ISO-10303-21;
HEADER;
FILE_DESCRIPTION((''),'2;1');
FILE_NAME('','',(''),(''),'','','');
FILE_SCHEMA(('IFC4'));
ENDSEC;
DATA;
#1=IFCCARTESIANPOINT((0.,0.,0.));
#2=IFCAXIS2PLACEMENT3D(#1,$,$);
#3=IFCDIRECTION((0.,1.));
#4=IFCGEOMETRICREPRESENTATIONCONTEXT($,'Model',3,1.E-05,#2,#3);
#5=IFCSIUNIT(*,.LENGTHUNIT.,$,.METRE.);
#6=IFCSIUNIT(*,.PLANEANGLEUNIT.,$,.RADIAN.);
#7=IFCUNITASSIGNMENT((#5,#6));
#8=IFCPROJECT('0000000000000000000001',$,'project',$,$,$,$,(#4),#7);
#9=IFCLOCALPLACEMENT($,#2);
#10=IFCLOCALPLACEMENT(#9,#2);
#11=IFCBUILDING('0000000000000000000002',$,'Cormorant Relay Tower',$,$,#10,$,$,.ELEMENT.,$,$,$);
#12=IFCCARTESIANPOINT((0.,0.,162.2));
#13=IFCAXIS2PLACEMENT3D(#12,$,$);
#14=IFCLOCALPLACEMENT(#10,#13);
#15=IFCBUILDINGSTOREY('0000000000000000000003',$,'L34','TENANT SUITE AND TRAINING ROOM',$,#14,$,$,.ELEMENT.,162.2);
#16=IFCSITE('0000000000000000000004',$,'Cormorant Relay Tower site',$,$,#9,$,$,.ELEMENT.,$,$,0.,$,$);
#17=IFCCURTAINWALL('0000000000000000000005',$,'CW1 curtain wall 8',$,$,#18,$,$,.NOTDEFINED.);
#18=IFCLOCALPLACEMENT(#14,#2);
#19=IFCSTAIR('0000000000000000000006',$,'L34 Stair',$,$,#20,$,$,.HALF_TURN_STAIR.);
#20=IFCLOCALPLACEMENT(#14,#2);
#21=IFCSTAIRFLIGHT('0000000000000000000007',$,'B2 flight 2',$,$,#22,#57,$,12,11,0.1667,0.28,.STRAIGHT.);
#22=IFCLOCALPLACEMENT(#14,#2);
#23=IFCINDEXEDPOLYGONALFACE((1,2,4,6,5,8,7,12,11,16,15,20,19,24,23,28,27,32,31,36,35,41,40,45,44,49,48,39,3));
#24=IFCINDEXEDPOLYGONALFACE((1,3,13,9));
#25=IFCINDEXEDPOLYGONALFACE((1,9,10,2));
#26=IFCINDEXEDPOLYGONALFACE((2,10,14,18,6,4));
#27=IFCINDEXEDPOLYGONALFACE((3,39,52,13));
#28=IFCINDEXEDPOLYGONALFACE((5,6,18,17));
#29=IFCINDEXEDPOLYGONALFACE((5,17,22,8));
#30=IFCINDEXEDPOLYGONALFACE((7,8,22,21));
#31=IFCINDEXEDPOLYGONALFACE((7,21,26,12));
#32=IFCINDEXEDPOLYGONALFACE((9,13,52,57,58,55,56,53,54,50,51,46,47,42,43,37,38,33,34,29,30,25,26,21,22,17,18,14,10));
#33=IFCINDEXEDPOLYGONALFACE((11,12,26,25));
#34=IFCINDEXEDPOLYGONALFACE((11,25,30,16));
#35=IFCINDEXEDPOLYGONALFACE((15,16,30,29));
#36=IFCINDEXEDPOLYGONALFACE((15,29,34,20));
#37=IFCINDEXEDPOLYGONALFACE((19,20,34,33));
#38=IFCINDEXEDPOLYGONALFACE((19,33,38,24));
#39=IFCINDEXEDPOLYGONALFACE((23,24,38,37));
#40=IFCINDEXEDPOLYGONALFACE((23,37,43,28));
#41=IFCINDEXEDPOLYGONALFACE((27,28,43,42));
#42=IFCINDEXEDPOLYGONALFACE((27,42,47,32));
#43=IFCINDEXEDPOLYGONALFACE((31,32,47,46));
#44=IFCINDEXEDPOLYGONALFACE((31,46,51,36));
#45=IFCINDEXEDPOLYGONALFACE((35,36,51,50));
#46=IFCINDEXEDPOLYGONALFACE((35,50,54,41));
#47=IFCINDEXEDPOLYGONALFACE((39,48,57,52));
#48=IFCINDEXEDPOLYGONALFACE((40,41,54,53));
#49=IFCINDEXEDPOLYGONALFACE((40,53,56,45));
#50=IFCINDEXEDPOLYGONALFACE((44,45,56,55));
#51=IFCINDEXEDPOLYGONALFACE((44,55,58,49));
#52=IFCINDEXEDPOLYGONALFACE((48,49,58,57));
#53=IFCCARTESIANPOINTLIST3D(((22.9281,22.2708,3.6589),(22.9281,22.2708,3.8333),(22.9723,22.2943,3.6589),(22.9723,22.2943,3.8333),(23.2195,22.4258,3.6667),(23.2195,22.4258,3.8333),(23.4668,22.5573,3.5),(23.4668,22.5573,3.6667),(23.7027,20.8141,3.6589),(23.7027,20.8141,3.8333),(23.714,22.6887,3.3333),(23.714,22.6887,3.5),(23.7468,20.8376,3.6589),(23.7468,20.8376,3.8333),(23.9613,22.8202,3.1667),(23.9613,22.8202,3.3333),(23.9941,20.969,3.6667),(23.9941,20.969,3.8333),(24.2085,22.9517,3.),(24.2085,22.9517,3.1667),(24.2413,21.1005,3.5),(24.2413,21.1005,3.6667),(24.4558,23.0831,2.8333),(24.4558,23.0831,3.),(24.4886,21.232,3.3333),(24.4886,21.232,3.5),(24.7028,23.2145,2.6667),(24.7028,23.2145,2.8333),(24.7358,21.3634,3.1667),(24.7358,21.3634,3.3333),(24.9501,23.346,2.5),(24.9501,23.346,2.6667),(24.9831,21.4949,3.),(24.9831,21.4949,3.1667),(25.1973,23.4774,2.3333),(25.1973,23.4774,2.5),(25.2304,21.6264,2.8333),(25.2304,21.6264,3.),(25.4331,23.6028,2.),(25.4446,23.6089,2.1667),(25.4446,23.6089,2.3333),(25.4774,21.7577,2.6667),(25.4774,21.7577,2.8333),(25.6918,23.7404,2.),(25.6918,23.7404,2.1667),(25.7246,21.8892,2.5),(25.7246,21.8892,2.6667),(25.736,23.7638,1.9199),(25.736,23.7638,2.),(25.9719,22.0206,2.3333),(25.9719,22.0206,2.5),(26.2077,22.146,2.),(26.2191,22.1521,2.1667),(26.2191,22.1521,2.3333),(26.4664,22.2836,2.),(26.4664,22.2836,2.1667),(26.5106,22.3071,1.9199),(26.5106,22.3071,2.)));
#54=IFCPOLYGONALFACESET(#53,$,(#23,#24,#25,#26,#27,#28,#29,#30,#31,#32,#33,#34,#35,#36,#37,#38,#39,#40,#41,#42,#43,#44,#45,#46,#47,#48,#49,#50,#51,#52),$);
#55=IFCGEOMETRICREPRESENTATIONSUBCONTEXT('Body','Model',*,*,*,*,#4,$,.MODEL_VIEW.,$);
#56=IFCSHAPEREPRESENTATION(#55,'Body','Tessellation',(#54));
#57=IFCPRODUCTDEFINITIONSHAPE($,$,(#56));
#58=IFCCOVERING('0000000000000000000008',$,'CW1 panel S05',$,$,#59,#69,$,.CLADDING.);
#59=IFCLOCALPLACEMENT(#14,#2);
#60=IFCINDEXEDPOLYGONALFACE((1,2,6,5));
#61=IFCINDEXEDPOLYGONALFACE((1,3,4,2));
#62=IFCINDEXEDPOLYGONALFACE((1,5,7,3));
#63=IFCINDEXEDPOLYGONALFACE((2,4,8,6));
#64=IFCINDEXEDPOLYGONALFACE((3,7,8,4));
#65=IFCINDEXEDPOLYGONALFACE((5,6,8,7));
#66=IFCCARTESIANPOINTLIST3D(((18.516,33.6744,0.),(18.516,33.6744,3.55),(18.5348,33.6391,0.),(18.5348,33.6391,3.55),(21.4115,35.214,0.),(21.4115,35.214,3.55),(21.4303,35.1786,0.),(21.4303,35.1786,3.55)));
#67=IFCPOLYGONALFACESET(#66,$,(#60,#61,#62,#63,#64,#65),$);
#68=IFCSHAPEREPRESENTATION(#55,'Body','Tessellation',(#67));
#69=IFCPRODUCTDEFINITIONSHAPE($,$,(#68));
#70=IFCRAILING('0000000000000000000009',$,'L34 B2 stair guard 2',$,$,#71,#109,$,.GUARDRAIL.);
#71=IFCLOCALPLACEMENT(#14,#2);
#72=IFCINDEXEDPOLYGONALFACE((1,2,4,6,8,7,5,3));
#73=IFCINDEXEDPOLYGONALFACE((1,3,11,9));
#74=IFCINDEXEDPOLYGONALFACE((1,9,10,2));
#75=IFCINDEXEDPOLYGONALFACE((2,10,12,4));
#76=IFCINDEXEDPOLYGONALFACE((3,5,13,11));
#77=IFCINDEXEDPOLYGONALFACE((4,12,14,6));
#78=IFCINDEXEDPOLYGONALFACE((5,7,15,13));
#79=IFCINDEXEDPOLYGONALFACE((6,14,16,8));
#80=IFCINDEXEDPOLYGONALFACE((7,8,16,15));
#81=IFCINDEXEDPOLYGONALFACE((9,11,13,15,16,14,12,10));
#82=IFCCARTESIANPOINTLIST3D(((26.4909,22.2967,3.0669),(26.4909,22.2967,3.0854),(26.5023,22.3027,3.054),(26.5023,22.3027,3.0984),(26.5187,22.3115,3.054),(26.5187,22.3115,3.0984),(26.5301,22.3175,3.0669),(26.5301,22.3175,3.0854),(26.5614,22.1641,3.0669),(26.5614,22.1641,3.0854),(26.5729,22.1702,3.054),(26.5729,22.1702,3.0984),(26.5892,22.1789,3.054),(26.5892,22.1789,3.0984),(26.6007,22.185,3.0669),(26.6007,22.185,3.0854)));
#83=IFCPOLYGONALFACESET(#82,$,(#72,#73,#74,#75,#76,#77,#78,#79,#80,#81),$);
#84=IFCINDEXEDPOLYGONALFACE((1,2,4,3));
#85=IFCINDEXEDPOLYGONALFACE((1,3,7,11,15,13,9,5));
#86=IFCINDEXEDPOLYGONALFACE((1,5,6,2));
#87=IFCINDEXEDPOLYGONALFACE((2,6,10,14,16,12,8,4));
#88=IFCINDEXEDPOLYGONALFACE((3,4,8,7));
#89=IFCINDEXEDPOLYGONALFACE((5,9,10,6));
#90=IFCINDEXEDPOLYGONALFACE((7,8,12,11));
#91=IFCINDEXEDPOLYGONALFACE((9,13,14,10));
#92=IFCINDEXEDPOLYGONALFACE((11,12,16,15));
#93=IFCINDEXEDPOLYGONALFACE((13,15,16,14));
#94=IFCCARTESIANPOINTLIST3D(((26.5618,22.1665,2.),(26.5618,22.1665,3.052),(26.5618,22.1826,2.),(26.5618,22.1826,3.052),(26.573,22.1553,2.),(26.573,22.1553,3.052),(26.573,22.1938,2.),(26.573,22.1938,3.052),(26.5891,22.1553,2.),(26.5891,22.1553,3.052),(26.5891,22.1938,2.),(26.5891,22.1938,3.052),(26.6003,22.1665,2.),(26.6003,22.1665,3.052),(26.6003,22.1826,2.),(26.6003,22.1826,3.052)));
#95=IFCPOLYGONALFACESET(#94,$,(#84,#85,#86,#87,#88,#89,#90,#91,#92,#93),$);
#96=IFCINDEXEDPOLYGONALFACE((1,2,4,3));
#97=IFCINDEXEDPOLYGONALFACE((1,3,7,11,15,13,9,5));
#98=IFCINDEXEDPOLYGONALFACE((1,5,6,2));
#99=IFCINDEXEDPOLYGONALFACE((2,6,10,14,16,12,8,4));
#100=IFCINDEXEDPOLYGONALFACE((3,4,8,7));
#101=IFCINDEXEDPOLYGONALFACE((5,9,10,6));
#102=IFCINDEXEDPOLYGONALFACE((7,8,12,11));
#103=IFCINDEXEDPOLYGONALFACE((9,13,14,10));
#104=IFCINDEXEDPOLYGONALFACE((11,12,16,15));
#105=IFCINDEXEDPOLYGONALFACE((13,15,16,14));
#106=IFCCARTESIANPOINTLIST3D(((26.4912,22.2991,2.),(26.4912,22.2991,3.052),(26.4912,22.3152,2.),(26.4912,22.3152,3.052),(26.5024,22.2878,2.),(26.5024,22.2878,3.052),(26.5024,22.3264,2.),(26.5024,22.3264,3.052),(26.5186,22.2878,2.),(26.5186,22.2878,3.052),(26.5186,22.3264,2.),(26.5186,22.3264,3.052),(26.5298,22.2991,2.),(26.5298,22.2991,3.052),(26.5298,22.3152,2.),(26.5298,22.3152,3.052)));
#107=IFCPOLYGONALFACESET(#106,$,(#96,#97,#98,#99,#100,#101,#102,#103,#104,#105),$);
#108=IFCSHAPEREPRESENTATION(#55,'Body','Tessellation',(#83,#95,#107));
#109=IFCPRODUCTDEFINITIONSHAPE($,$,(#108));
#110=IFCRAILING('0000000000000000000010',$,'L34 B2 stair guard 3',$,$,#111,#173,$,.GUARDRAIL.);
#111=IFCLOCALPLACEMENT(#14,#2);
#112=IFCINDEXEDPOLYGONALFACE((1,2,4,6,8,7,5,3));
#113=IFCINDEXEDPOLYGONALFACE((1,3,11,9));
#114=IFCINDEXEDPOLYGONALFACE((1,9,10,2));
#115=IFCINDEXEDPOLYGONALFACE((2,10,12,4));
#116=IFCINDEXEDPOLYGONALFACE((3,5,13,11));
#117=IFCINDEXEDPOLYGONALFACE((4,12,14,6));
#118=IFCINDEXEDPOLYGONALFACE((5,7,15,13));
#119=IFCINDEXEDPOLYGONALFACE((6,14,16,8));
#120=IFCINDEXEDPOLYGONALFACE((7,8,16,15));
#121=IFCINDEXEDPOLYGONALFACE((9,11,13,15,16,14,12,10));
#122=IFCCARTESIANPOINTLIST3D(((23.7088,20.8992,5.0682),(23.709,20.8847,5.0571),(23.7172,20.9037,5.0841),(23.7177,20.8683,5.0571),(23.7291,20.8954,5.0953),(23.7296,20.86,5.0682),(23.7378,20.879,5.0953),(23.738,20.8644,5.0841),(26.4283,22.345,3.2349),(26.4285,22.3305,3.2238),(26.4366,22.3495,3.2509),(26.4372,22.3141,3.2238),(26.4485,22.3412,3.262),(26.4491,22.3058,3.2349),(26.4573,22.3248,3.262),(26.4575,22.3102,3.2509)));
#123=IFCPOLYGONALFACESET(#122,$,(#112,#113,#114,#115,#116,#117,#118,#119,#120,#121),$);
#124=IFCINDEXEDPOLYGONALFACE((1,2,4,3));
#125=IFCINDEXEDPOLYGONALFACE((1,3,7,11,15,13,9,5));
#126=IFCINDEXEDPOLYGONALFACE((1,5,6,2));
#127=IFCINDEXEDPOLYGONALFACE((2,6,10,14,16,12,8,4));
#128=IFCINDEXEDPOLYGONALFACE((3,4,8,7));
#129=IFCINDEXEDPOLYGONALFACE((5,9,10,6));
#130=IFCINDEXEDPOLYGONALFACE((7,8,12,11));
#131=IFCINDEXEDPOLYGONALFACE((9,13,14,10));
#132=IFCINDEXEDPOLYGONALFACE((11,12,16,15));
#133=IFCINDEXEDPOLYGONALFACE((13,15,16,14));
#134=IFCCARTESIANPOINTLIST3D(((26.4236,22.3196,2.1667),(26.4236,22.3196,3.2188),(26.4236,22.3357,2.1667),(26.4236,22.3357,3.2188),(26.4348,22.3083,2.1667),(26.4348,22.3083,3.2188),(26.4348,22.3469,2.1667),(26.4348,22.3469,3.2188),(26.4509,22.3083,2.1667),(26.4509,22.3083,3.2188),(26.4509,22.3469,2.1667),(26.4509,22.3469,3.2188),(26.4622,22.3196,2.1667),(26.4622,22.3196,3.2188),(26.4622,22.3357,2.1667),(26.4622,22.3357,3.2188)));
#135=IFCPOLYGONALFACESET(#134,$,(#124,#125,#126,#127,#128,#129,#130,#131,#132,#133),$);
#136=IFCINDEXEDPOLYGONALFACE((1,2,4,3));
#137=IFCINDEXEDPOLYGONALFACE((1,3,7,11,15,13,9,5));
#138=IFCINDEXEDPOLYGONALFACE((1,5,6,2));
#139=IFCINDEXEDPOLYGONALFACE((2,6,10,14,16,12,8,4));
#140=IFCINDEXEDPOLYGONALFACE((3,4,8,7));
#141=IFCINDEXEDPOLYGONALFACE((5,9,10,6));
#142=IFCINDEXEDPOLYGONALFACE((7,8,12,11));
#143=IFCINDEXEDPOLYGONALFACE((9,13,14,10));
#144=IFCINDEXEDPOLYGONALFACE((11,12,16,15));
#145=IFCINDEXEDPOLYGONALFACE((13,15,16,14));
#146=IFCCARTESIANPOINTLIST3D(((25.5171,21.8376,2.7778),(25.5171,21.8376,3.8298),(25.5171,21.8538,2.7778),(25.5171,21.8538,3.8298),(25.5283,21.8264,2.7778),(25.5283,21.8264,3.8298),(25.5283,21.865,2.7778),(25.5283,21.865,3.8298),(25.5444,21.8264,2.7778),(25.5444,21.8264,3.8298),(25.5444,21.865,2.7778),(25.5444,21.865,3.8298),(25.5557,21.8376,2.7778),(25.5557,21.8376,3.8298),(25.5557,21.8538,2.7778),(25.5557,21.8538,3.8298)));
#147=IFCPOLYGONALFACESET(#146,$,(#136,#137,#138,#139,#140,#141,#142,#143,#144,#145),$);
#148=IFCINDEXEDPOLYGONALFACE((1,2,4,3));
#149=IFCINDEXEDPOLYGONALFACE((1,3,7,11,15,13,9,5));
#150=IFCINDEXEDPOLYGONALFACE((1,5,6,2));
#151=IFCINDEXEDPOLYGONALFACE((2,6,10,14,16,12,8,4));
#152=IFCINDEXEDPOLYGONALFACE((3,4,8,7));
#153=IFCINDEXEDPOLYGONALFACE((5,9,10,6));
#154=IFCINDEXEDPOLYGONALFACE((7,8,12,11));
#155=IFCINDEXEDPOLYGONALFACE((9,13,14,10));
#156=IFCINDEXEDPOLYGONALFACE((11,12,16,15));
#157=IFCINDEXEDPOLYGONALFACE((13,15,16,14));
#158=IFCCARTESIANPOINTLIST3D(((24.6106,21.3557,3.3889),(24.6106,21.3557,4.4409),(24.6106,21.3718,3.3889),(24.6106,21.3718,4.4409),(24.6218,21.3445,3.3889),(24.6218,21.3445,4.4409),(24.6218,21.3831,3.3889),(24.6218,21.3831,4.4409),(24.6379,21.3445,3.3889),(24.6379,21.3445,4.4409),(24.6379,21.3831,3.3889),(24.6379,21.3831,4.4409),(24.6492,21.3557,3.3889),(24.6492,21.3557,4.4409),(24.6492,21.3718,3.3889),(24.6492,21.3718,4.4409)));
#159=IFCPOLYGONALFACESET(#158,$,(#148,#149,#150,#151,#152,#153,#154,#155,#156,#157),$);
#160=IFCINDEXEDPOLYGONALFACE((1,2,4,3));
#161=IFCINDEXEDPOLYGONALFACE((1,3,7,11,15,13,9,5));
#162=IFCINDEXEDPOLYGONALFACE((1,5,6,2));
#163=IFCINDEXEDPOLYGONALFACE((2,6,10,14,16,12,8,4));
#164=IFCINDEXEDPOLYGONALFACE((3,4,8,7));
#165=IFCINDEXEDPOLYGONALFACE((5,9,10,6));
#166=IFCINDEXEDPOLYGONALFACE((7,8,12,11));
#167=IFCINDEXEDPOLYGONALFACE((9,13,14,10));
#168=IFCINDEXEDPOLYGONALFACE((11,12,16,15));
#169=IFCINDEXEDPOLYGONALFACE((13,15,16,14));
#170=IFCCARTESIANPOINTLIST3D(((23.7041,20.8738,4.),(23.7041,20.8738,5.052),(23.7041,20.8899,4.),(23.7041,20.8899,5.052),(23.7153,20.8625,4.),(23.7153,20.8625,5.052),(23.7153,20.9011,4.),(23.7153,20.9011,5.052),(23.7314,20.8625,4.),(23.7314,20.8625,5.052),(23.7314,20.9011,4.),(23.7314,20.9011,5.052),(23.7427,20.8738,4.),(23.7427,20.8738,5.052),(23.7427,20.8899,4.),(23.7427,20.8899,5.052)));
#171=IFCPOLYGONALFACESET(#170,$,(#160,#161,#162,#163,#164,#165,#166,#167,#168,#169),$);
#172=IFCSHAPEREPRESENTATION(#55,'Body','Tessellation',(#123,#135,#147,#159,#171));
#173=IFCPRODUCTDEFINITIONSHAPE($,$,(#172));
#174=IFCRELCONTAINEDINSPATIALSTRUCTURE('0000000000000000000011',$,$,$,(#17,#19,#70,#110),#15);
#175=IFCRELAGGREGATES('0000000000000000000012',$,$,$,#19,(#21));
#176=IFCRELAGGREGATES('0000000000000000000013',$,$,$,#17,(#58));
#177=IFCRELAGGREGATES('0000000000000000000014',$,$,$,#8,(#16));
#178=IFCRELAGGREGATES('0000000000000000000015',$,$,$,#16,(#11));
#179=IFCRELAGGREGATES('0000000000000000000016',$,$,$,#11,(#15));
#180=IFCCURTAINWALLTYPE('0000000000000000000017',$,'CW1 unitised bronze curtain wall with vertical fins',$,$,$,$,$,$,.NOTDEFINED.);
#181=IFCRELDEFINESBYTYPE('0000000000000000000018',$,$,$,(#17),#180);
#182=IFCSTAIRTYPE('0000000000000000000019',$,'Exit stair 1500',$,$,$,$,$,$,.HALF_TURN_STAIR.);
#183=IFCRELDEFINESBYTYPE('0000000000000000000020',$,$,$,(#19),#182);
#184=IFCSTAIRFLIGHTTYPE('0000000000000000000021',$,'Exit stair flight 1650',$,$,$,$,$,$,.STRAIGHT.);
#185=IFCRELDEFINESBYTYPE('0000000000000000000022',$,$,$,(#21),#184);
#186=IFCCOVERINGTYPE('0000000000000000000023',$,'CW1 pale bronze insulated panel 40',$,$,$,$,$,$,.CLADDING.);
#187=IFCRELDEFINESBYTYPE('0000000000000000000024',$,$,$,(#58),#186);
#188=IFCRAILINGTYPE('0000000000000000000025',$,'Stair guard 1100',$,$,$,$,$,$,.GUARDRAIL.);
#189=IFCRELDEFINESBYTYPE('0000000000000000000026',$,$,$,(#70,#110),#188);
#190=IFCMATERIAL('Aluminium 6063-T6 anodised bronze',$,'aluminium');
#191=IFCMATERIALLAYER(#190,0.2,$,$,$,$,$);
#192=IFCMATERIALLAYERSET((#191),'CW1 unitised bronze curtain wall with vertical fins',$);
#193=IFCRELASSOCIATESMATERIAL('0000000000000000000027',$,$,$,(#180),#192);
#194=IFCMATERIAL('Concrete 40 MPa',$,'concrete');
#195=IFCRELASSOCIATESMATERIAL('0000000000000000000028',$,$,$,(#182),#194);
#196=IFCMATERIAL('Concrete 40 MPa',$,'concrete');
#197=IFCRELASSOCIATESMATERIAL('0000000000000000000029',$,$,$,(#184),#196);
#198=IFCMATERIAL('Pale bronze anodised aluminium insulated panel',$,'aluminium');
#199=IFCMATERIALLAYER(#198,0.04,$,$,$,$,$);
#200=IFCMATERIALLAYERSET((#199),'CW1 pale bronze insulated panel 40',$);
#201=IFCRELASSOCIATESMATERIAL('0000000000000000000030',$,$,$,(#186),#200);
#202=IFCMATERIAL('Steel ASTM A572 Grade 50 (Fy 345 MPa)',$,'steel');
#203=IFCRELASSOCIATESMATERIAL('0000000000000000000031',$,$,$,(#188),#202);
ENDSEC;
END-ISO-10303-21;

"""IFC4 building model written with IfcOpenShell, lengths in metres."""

from ifc_helpers import new_model, si_unit, direction, frame, origin, origin_2d, place, context, subcontext, project, spatial, polyline, rectangle, outline, extrude, material, layer, layer_set, type_object, element, aggregate, save


model = new_model("IFC4")

# Units and contexts
model_context = context("Model", 3, precision=1e-05, world=origin(), true_north=direction((0.0, 1.0)))
body_context = subcontext(model_context, "Body", "Model", "MODEL_VIEW")
ifc_project = project(units=[si_unit("LENGTHUNIT", "METRE"), si_unit("PLANEANGLEUNIT", "RADIAN")], contexts=[model_context])

# Site, building, storey
site_placement = place(None, origin())
site = spatial("IfcSite", under=ifc_project, at=site_placement, Name="Cormorant Relay Tower site", CompositionType="ELEMENT", RefElevation=0.0)
building_placement = place(site_placement, origin())
building = spatial("IfcBuilding", under=site, at=building_placement, Name="Cormorant Relay Tower", CompositionType="ELEMENT")
storey_placement = place(building_placement, frame((0.0, 0.0, 162.2)))
storey = spatial("IfcBuildingStorey", under=building, at=storey_placement, Name="L34", Description="TENANT SUITE AND TRAINING ROOM", CompositionType="ELEMENT", Elevation=162.2)

# Curtain wall
ifc_material_1 = material(Name="Aluminium 6063-T6 anodised bronze", Category="aluminium")
ifc_layer_1 = layer(ifc_material_1, 0.2)
ifc_layer_set_1 = layer_set([ifc_layer_1], Name="CW1 unitised bronze curtain wall with vertical fins")
curtain_wall_type = type_object("IfcCurtainWallType", Name="CW1 unitised bronze curtain wall with vertical fins", PredefinedType="NOTDEFINED", material=ifc_layer_set_1)
curtain_wall_placement = place(storey_placement, origin())
curtain_wall = element("IfcCurtainWall", 1, at=curtain_wall_placement, inside=storey, type_object=curtain_wall_type, Name="CW1 curtain wall 8", PredefinedType="NOTDEFINED")

# Stair, stair flight
ifc_material_2 = material(Name="Concrete 40 MPa", Category="concrete")
stair_type = type_object("IfcStairType", Name="Exit stair 1500", PredefinedType="HALF_TURN_STAIR", material=ifc_material_2)
stair_placement = place(storey_placement, origin())
stair = element("IfcStair", 2, at=stair_placement, inside=storey, type_object=stair_type, Name="L34 Stair", PredefinedType="HALF_TURN_STAIR")
ifc_material_3 = material(Name="Concrete 40 MPa", Category="concrete")
stair_flight_type = type_object("IfcStairFlightType", Name="Exit stair flight 1650", PredefinedType="STRAIGHT", material=ifc_material_3)
stair_flight_placement = place(storey_placement, frame((26.0791, 23.012, 2.0), z_axis=(0.0, 0.0, 1.0), x_axis=(-0.882948, -0.469472, 0.0)))
stair_flight = element("IfcStairFlight", 3, at=stair_flight_placement, type_object=stair_flight_type, Name="B2 flight 2", NumberOfRisers=12, NumberOfTreads=11, PredefinedType="STRAIGHT", RiserHeight=0.1667, TreadLength=0.28, context=body_context, shape_type="SweptSolid", body=[
    extrude(outline(polyline([(-0.05, -0.0801), (-0.05, 0.0), (0.0, 0.0), (0.0, 0.1667), (0.28, 0.1667), (0.28, 0.3333), (0.5601, 0.3333), (0.5601, 0.5), (0.8401, 0.5), (0.8401, 0.6667), (1.1201, 0.6667), (1.1201, 0.8333), (1.3999, 0.8333), (1.3999, 1.0), (1.6799, 1.0), (1.6799, 1.1667), (1.96, 1.1667), (1.96, 1.3333), (2.24, 1.3333), (2.24, 1.5), (2.52, 1.5), (2.52, 1.6667), (2.8, 1.6667), (2.8, 1.8333), (3.0801, 1.8333), (3.1301, 1.8333), (3.1301, 1.6589), (3.0801, 1.6589), (0.293, 0.0), (-0.05, -0.0801)])), frame((0.0, 0.825, 0.0), z_axis=(0.0, -1.0, 0.0), x_axis=(1.0, 0.0, 0.0)), (0.0, 0.0, 1.0), 1.6499),
])
aggregate(stair, [stair_flight])

# Covering
ifc_material_4 = material(Name="Pale bronze anodised aluminium insulated panel", Category="aluminium")
ifc_layer_2 = layer(ifc_material_4, 0.04)
ifc_layer_set_2 = layer_set([ifc_layer_2], Name="CW1 pale bronze insulated panel 40")
covering_type = type_object("IfcCoveringType", Name="CW1 pale bronze insulated panel 40", PredefinedType="CLADDING", material=ifc_layer_set_2)
covering_placement = place(storey_placement, frame((19.9731, 34.4265, 0.0), z_axis=(0.0, 0.0, 1.0), x_axis=(-0.882948, -0.469472, 0.0)))
covering = element("IfcCovering", 4, at=covering_placement, type_object=covering_type, Name="CW1 panel S05", PredefinedType="CLADDING", context=body_context, shape_type="SweptSolid", body=[
    extrude(rectangle(XDim=3.2793, YDim=0.04, at=origin_2d()), origin(), (0.0, 0.0, 1.0), 3.55),
])
aggregate(curtain_wall, [covering])

# Railings
ifc_material_5 = material(Name="Steel ASTM A572 Grade 50 (Fy 345 MPa)", Category="steel")
railing_type_1 = type_object("IfcRailingType", Name="Stair guard 1100", PredefinedType="GUARDRAIL", material=ifc_material_5)
railing_1_placement = place(storey_placement, frame((26.5811, 22.1746, 2.0)))
element("IfcRailing", 5, at=railing_1_placement, inside=storey, type_object=railing_type_1, Name="L34 B2 stair guard 2", PredefinedType="GUARDRAIL", context=body_context, shape_type="SweptSolid", body=[
    extrude(outline(polyline([(0.0222, 0.0093), (0.0093, 0.0222), (-0.0093, 0.0222), (-0.0222, 0.0093), (-0.0222, -0.0093), (-0.0093, -0.0222), (0.0093, -0.0222), (0.0222, -0.0093), (0.0222, 0.0093)])), frame((0.0, 0.0, 1.0762), z_axis=(-0.469829, 0.882758, 0.0), x_axis=(-0.882758, -0.469829, 0.0)), (0.0, 0.0, 1.0), 0.1501),
    extrude(outline(polyline([(0.0193, 0.0081), (0.0081, 0.0193), (-0.0081, 0.0193), (-0.0193, 0.0081), (-0.0193, -0.0081), (-0.0081, -0.0193), (0.0081, -0.0193), (0.0193, -0.0081), (0.0193, 0.0081)])), origin(), (0.0, 0.0, 1.0), 1.052),
    extrude(outline(polyline([(0.0193, 0.0081), (0.0081, 0.0193), (-0.0081, 0.0193), (-0.0193, 0.0081), (-0.0193, -0.0081), (-0.0081, -0.0193), (0.0081, -0.0193), (0.0193, -0.0081), (0.0193, 0.0081)])), frame((-0.0706, 0.1326, 0.0)), (0.0, 0.0, 1.0), 1.052),
])
railing_2_placement = place(storey_placement, frame((26.4429, 22.3276, 2.1667)))
element("IfcRailing", 6, at=railing_2_placement, inside=storey, type_object=railing_type_1, Name="L34 B2 stair guard 3", PredefinedType="GUARDRAIL", context=body_context, shape_type="SweptSolid", body=[
    extrude(outline(polyline([(0.0222, 0.0093), (0.0093, 0.0222), (-0.0093, 0.0222), (-0.0222, 0.0093), (-0.0222, -0.0093), (-0.0093, -0.0222), (0.0093, -0.0222), (0.0222, -0.0093), (0.0222, 0.0093)])), frame((0.0, 0.0, 1.0762), z_axis=(-0.758735, -0.403378, 0.511477), x_axis=(0.469428, -0.882971, 0.0)), (0.0, 0.0, 1.0), 3.5842),
    extrude(outline(polyline([(0.0193, 0.0081), (0.0081, 0.0193), (-0.0081, 0.0193), (-0.0193, 0.0081), (-0.0193, -0.0081), (-0.0081, -0.0193), (0.0081, -0.0193), (0.0193, -0.0081), (0.0193, 0.0081)])), origin(), (0.0, 0.0, 1.0), 1.052),
    extrude(outline(polyline([(0.0193, 0.0081), (0.0081, 0.0193), (-0.0081, 0.0193), (-0.0193, 0.0081), (-0.0193, -0.0081), (-0.0081, -0.0193), (0.0081, -0.0193), (0.0193, -0.0081), (0.0193, 0.0081)])), frame((-0.9065, -0.4819, 0.6111)), (0.0, 0.0, 1.0), 1.052),
    extrude(outline(polyline([(0.0193, 0.0081), (0.0081, 0.0193), (-0.0081, 0.0193), (-0.0193, 0.0081), (-0.0193, -0.0081), (-0.0081, -0.0193), (0.0081, -0.0193), (0.0193, -0.0081), (0.0193, 0.0081)])), frame((-1.813, -0.9639, 1.2222)), (0.0, 0.0, 1.0), 1.052),
    extrude(outline(polyline([(0.0193, 0.0081), (0.0081, 0.0193), (-0.0081, 0.0193), (-0.0193, 0.0081), (-0.0193, -0.0081), (-0.0081, -0.0193), (0.0081, -0.0193), (0.0193, -0.0081), (0.0193, 0.0081)])), frame((-2.7195, -1.4458, 1.8333)), (0.0, 0.0, 1.0), 1.052),
])

save(model, "model.ifc")
